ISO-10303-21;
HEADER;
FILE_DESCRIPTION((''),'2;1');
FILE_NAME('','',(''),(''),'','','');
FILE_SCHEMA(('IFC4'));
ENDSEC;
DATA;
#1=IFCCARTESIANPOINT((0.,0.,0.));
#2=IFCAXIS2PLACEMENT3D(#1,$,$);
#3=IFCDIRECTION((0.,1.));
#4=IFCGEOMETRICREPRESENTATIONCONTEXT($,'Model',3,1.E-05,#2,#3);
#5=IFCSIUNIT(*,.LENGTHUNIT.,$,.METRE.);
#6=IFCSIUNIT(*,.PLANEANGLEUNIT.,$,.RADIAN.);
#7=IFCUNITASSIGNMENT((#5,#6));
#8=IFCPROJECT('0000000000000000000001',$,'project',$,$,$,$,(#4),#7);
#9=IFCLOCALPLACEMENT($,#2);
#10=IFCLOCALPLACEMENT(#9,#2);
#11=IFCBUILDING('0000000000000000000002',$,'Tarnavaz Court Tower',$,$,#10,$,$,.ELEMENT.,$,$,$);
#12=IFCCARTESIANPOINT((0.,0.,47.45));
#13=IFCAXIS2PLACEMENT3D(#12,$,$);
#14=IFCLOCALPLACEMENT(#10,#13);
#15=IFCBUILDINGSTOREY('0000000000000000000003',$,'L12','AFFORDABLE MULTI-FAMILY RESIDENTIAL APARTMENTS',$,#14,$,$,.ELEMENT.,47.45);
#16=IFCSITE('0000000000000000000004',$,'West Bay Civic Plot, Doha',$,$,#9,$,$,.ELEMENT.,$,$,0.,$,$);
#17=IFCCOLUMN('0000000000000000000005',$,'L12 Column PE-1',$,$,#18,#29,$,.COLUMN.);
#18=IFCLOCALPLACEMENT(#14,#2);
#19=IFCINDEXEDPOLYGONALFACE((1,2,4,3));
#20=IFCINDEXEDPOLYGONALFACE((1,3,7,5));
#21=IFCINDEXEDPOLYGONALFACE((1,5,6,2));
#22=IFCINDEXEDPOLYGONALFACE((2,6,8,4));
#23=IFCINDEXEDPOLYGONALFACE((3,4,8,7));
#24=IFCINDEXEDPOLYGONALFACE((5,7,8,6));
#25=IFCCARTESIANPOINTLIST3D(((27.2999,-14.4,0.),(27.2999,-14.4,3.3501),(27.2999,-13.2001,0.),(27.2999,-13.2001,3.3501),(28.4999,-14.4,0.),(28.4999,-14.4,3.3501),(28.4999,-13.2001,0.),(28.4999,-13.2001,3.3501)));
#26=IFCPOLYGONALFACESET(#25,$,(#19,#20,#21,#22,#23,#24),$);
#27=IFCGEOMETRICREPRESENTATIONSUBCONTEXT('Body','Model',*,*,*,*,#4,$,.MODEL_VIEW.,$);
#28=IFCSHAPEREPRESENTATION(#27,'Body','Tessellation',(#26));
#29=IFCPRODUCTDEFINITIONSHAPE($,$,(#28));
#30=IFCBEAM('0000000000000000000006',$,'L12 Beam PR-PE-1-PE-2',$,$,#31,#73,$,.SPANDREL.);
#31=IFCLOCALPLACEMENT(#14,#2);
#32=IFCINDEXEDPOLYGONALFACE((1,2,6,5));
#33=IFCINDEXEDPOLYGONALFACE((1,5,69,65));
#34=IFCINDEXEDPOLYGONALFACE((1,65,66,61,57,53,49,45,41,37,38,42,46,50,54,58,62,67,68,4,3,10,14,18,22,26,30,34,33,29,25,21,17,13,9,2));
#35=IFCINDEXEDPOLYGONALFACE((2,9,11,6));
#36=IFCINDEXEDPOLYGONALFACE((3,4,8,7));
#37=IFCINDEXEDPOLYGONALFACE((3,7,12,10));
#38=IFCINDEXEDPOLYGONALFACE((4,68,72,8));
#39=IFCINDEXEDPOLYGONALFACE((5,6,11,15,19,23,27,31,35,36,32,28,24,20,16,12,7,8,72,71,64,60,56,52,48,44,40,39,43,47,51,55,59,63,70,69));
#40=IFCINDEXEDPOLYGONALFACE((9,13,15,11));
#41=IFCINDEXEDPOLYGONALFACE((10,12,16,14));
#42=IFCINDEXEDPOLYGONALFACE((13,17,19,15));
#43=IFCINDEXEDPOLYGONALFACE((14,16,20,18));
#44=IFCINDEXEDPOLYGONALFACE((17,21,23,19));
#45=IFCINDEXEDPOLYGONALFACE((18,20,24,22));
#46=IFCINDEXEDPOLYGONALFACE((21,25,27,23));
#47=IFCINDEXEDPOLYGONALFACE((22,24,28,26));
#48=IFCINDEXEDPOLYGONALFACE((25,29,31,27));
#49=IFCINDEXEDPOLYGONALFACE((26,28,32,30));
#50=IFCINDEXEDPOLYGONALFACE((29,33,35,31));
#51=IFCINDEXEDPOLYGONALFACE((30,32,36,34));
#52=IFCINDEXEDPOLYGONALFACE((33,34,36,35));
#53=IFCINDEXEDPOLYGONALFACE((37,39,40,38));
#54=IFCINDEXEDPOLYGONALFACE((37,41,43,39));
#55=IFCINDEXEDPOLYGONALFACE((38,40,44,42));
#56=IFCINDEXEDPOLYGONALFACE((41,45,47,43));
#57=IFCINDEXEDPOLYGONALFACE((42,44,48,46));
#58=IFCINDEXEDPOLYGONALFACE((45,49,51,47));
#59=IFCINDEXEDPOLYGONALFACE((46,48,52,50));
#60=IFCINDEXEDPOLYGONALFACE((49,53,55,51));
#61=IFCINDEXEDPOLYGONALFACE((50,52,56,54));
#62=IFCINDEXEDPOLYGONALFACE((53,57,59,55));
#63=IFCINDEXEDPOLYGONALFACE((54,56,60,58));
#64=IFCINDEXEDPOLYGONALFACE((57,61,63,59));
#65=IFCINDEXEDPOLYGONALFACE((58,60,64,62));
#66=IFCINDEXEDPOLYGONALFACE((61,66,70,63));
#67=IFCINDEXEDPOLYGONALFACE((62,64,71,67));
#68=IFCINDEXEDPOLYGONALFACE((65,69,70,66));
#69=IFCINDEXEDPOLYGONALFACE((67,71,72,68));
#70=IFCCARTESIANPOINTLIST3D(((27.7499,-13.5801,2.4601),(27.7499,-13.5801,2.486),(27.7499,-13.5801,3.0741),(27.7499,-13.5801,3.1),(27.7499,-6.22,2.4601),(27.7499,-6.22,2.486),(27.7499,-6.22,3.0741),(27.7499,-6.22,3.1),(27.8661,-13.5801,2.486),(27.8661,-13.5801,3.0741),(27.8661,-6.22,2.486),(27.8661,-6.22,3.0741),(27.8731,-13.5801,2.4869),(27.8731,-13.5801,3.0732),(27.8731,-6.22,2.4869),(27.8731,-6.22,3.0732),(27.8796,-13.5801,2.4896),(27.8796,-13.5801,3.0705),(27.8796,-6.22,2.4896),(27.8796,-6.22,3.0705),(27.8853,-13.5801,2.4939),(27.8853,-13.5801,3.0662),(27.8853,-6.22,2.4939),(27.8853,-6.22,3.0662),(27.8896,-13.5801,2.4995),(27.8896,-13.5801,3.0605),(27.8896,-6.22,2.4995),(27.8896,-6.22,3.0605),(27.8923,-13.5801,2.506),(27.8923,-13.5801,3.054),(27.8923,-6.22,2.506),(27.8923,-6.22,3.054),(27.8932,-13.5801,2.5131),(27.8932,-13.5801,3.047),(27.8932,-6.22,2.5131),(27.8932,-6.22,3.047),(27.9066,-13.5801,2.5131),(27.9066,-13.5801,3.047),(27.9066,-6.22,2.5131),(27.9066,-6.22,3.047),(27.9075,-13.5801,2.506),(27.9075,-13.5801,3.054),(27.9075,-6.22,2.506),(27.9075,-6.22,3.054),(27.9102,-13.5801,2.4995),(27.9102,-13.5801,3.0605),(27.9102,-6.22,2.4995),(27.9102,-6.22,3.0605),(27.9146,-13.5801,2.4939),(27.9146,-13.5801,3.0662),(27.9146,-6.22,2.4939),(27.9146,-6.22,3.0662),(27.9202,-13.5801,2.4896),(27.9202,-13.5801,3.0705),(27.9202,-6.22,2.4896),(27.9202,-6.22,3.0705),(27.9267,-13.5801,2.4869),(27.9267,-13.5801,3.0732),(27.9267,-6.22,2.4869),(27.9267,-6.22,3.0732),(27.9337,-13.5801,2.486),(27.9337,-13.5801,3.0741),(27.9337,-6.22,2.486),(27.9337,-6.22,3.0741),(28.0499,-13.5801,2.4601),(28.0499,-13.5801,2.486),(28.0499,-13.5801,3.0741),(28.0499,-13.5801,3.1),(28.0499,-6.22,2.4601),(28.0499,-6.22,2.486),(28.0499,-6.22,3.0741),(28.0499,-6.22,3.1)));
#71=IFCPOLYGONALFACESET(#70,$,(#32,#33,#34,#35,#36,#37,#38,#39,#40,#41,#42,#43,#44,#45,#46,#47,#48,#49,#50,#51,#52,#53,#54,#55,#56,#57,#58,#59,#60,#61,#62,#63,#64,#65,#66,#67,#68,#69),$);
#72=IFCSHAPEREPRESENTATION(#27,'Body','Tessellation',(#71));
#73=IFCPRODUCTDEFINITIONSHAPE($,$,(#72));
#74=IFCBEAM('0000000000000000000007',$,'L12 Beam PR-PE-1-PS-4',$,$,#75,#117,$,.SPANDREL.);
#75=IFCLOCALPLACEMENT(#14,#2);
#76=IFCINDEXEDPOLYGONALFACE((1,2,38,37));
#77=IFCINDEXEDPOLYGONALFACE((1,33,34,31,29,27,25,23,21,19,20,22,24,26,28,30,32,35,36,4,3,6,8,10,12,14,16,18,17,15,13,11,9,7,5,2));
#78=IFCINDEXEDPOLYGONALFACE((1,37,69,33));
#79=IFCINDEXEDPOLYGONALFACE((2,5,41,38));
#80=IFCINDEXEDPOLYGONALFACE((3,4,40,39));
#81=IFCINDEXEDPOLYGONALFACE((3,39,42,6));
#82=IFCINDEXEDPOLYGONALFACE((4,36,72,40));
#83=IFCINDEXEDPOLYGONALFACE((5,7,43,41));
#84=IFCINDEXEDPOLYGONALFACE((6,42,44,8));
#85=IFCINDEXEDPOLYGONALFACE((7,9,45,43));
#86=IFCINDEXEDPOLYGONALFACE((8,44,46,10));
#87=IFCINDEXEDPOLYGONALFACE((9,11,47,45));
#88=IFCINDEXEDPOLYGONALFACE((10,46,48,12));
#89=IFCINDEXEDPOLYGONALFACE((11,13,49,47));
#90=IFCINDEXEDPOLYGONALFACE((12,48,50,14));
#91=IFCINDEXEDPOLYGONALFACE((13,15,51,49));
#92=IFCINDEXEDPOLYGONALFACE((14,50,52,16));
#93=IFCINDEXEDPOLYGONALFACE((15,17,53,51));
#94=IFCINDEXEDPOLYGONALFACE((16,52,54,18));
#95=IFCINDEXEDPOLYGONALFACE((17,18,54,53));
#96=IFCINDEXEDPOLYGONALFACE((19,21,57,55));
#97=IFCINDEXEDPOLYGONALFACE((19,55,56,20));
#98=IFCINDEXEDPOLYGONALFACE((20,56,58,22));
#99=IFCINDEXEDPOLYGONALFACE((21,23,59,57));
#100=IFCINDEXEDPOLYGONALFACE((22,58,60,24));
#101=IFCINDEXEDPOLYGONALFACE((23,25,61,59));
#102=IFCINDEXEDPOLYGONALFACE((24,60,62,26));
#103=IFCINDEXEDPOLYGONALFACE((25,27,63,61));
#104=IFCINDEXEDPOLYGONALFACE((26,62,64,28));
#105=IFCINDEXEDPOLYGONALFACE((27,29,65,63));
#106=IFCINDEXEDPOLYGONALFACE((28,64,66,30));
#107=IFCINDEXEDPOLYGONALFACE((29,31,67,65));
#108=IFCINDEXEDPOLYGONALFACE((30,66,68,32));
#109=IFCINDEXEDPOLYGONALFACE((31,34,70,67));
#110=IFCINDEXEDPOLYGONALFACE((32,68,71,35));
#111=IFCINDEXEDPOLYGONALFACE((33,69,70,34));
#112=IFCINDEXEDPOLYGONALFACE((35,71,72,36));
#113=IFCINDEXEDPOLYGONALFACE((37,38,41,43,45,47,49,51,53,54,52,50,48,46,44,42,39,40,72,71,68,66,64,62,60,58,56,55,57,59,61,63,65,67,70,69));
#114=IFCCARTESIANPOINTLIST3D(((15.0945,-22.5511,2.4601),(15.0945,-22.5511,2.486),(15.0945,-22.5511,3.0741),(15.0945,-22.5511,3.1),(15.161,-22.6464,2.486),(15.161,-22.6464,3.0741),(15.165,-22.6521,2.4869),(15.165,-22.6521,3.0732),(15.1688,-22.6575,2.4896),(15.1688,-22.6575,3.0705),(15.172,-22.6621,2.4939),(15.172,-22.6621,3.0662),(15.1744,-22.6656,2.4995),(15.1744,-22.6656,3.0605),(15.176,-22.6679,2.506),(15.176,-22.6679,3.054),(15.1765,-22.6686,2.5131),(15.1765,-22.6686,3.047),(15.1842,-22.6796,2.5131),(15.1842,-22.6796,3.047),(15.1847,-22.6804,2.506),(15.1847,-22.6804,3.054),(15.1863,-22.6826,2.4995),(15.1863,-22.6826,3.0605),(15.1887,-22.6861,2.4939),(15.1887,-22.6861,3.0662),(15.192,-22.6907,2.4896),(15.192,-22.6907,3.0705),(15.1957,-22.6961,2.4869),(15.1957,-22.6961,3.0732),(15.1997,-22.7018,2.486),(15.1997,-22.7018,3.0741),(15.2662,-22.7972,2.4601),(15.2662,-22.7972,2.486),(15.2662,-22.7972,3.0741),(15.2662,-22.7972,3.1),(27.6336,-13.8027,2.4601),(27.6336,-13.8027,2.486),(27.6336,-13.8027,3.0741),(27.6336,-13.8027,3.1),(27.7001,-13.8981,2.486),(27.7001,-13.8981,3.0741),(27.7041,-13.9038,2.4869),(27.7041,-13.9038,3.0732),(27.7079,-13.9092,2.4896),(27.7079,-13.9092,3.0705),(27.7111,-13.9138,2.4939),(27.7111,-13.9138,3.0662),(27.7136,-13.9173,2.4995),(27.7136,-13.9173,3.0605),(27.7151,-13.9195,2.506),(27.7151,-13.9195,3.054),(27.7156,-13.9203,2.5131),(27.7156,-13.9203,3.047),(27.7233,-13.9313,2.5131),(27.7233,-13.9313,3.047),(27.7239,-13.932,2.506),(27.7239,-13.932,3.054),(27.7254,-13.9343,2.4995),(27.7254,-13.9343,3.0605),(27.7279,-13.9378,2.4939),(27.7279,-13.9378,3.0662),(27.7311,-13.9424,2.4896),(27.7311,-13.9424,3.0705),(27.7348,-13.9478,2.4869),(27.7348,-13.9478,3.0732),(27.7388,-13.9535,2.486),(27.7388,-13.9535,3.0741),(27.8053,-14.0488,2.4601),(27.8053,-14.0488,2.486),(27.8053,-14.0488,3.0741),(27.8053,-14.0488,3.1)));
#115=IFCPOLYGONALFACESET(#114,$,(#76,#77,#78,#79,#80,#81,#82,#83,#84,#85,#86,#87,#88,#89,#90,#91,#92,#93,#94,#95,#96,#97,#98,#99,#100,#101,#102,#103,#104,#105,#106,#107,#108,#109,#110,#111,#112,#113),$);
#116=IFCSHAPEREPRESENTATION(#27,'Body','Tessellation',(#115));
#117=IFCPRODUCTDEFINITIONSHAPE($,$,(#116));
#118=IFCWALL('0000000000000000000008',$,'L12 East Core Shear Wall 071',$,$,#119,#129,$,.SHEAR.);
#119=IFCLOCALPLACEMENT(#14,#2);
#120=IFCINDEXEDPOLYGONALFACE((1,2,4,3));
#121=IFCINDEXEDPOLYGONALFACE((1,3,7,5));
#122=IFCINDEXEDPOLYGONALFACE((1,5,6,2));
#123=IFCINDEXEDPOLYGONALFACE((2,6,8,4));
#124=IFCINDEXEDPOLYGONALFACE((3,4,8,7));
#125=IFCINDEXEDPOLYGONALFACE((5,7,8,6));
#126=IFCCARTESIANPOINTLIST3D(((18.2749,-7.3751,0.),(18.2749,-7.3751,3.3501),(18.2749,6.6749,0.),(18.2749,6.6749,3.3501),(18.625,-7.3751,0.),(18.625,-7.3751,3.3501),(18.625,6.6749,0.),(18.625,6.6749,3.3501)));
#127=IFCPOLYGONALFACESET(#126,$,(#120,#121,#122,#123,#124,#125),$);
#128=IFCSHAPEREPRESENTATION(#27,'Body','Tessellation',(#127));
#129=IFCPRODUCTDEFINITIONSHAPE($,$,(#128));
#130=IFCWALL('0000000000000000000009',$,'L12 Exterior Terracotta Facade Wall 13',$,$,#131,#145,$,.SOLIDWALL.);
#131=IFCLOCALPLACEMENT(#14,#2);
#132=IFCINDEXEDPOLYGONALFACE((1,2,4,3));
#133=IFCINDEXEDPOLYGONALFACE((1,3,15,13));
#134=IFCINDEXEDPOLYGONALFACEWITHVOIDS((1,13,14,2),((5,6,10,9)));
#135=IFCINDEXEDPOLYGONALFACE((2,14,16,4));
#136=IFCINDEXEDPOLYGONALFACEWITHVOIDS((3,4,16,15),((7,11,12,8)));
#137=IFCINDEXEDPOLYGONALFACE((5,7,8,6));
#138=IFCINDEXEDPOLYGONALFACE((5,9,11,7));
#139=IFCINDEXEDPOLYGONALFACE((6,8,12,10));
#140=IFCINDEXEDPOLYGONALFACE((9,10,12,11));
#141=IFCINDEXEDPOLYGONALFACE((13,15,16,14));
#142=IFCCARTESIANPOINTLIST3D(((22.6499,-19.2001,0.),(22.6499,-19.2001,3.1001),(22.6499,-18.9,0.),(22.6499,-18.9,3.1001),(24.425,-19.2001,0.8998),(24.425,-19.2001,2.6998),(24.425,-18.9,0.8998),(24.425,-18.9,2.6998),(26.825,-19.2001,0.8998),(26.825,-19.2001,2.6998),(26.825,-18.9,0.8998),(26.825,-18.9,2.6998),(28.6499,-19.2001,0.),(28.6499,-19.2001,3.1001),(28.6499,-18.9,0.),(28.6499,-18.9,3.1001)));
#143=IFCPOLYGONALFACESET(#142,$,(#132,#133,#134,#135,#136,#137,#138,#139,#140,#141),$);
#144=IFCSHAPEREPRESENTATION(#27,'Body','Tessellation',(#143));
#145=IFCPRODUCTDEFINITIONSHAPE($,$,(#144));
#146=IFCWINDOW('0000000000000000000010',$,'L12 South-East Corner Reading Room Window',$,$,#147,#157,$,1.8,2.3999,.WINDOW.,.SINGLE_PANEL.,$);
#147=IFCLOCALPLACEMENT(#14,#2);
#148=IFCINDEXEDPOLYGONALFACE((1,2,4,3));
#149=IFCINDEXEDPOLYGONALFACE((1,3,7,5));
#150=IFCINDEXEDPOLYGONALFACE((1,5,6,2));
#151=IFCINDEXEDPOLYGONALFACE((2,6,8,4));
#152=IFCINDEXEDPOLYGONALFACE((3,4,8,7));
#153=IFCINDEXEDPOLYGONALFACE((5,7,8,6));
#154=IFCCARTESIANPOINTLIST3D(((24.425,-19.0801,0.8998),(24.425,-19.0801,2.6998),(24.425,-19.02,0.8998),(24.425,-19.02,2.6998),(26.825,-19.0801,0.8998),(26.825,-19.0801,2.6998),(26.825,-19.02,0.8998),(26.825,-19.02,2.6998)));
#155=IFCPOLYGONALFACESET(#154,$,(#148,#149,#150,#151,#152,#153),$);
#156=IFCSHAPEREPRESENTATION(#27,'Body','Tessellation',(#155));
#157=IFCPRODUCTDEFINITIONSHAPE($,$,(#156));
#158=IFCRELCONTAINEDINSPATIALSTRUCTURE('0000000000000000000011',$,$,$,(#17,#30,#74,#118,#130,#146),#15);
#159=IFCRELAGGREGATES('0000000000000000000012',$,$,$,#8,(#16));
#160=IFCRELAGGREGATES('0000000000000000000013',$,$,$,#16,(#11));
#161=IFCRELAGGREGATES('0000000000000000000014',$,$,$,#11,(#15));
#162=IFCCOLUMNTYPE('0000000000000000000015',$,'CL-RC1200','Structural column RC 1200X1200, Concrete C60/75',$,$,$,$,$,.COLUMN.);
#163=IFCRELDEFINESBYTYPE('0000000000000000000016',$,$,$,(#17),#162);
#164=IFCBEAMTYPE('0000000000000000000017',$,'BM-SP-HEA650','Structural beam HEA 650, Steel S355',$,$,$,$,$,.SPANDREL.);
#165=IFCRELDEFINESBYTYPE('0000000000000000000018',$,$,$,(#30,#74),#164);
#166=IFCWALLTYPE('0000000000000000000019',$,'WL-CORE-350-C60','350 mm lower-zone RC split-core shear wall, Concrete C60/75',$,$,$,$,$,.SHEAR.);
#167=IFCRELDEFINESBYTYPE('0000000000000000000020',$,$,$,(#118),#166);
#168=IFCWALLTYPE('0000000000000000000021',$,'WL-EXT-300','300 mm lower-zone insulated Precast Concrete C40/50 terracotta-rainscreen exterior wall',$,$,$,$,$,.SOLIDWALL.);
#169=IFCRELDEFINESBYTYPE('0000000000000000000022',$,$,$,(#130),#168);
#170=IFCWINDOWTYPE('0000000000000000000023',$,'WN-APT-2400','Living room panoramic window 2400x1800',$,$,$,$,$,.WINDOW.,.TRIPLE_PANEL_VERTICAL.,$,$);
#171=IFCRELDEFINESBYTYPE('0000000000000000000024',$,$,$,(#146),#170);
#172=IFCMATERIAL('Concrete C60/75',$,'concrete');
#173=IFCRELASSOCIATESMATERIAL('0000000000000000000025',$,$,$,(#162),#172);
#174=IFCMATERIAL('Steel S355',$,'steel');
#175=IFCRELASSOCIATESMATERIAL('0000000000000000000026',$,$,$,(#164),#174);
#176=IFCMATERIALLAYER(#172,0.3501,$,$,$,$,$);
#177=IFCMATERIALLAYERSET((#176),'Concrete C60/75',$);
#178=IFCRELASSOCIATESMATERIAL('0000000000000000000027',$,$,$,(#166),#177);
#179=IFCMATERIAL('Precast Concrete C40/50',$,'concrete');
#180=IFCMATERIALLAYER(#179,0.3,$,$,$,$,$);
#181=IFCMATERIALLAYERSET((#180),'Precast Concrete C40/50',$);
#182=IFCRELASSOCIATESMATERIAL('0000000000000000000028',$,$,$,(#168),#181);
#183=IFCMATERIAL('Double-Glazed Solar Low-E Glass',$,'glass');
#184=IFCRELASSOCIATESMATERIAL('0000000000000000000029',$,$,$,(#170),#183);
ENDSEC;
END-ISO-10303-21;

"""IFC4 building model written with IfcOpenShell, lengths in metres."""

from ifc_helpers import new_model, si_unit, direction, frame, frame_2d, origin, origin_2d, place, context, subcontext, project, spatial, rectangle, i_section, extrude, material, layer, layer_set, material_profile, profile_set, type_object, element, fill, save


model = new_model("IFC4")

# Units and contexts
model_context = context("Model", 3, precision=1e-05, world=origin(), true_north=direction((0.0, 1.0)))
body_context = subcontext(model_context, "Body", "Model", "MODEL_VIEW")
ifc_project = project(units=[si_unit("LENGTHUNIT", "METRE"), si_unit("PLANEANGLEUNIT", "RADIAN")], contexts=[model_context])

# Site, building, storey
site_placement = place(None, origin())
site = spatial("IfcSite", under=ifc_project, at=site_placement, Name="West Bay Civic Plot, Doha", CompositionType="ELEMENT", RefElevation=0.0)
building_placement = place(site_placement, origin())
building = spatial("IfcBuilding", under=site, at=building_placement, Name="Tarnavaz Court Tower", CompositionType="ELEMENT")
storey_placement = place(building_placement, frame((0.0, 0.0, 47.45)))
storey = spatial("IfcBuildingStorey", under=building, at=storey_placement, Name="L12", Description="AFFORDABLE MULTI-FAMILY RESIDENTIAL APARTMENTS", CompositionType="ELEMENT", Elevation=47.45)

# Column
ifc_material_1 = material(Name="Concrete C60/75", Category="concrete")
ifc_material_profile_1 = material_profile(ifc_material_1, rectangle(XDim=1.2, YDim=1.2, at=origin_2d()), Name="RC 1200X1200")
ifc_profile_set_1 = profile_set([ifc_material_profile_1], Name="Concrete C60/75")
column_type = type_object("IfcColumnType", Name="CL-RC1200", Description="Structural column RC 1200X1200, Concrete C60/75", PredefinedType="COLUMN", material=ifc_profile_set_1)
column_placement = place(storey_placement, frame((27.8999, -13.8, 0.0), z_axis=(0.0, 0.0, 1.0), x_axis=(1.0, 0.0, 0.0)))
element("IfcColumn", 1, at=column_placement, inside=storey, type_object=column_type, Name="L12 Column PE-1", PredefinedType="COLUMN", context=body_context, shape_type="SweptSolid", body=[
    extrude(rectangle(XDim=1.2, YDim=1.2, at=origin_2d()), origin(), (0.0, 0.0, 1.0), 3.3501),
])

# Beams
ifc_material_2 = material(Name="Steel S355", Category="steel")
ifc_material_profile_2 = material_profile(ifc_material_2, i_section(OverallWidth=0.3, OverallDepth=0.6399, WebThickness=0.0134, FlangeThickness=0.0259, FilletRadius=0.0271, at=origin_2d()), Name="HEA 650")
ifc_profile_set_2 = profile_set([ifc_material_profile_2], Name="Steel S355")
beam_type = type_object("IfcBeamType", Name="BM-SP-HEA650", Description="Structural beam HEA 650, Steel S355", PredefinedType="SPANDREL", material=ifc_profile_set_2)
beam_1_placement = place(storey_placement, frame((27.8999, -13.5801, 2.78), z_axis=(0.0, 1.0, 0.0), x_axis=(-1.0, 0.0, 0.0)))
element("IfcBeam", 2, at=beam_1_placement, inside=storey, type_object=beam_type, Name="L12 Beam PR-PE-1-PE-2", PredefinedType="SPANDREL", context=body_context, shape_type="SweptSolid", body=[
    extrude(i_section(OverallWidth=0.3, OverallDepth=0.6399, WebThickness=0.0134, FlangeThickness=0.0259, FilletRadius=0.0271, at=origin_2d()), origin(), (0.0, 0.0, 1.0), 7.3601),
])
beam_2_placement = place(storey_placement, frame((27.7195, -13.9258, 2.78), z_axis=(-0.820124, -0.572186, 0.0), x_axis=(0.572186, -0.820124, 0.0)))
element("IfcBeam", 3, at=beam_2_placement, inside=storey, type_object=beam_type, Name="L12 Beam PR-PE-1-PS-4", PredefinedType="SPANDREL", context=body_context, shape_type="SweptSolid", body=[
    extrude(i_section(OverallWidth=0.3, OverallDepth=0.6399, WebThickness=0.0134, FlangeThickness=0.0259, FilletRadius=0.0271, at=origin_2d()), origin(), (0.0, 0.0, 1.0), 15.2893),
])

# Wall
ifc_layer_1 = layer(ifc_material_1, 0.3501)
ifc_layer_set_1 = layer_set([ifc_layer_1], Name="Concrete C60/75")
wall_type_1 = type_object("IfcWallType", Name="WL-CORE-350-C60", Description="350 mm lower-zone RC split-core shear wall, Concrete C60/75", PredefinedType="SHEAR", material=ifc_layer_set_1)
wall_1_placement = place(storey_placement, frame((18.45, -7.375, 0.0), z_axis=(0.0, 0.0, 1.0), x_axis=(0.0, 1.0, 0.0)))
element("IfcWall", 4, at=wall_1_placement, inside=storey, type_object=wall_type_1, Name="L12 East Core Shear Wall 071", PredefinedType="SHEAR", context=body_context, shape_type="SweptSolid", body=[
    extrude(rectangle(XDim=14.05, YDim=0.3501, at=frame_2d((7.0249, 0.0))), origin(), (0.0, 0.0, 1.0), 3.3501),
])

# Wall, opening, window
ifc_material_3 = material(Name="Precast Concrete C40/50", Category="concrete")
ifc_layer_2 = layer(ifc_material_3, 0.3)
ifc_layer_set_2 = layer_set([ifc_layer_2], Name="Precast Concrete C40/50")
wall_type_2 = type_object("IfcWallType", Name="WL-EXT-300", Description="300 mm lower-zone insulated Precast Concrete C40/50 terracotta-rainscreen exterior wall", PredefinedType="SOLIDWALL", material=ifc_layer_set_2)
wall_2_placement = place(storey_placement, frame((28.6499, -19.05, 0.0), z_axis=(0.0, 0.0, 1.0), x_axis=(-1.0, 0.0, 0.0)))
wall_2 = element("IfcWall", 5, at=wall_2_placement, inside=storey, type_object=wall_type_2, Name="L12 Exterior Terracotta Facade Wall 13", PredefinedType="SOLIDWALL", context=body_context, shape_type="SweptSolid", body=[
    extrude(rectangle(XDim=6.0, YDim=0.3, at=frame_2d((3.0, 0.0))), origin(), (0.0, 0.0, 1.0), 3.1001),
])
opening_1_placement = place(wall_2_placement, frame((1.825, 0.0, 0.8999)))
opening_1 = element("IfcOpeningElement", 6, at=opening_1_placement, cuts=wall_2, PredefinedType="OPENING", context=body_context, shape_type="SweptSolid", body=[
    extrude(rectangle(XDim=2.3999, YDim=1.8, at=frame_2d((1.2, 0.8999))), frame((0.0, 0.1599, 0.0), z_axis=(0.0, -1.0, 0.0), x_axis=(1.0, 0.0, 0.0)), (0.0, 0.0, 1.0), 0.3201),
])
ifc_material_4 = material(Name="Double-Glazed Solar Low-E Glass", Category="glass")
window_type_1 = type_object("IfcWindowType", Name="WN-APT-2400", Description="Living room panoramic window 2400x1800", PartitioningType="TRIPLE_PANEL_VERTICAL", PredefinedType="WINDOW", material=ifc_material_4)
window_1_placement = place(opening_1_placement, origin())
window_1 = element("IfcWindow", 7, at=window_1_placement, inside=storey, type_object=window_type_1, Name="L12 South-East Corner Reading Room Window", OverallHeight=1.8, OverallWidth=2.3999, PartitioningType="SINGLE_PANEL", PredefinedType="WINDOW", context=body_context, shape_type="SweptSolid", body=[
    extrude(rectangle(XDim=2.3999, YDim=1.8, at=frame_2d((1.2, 0.8999))), frame((0.0, 0.03, 0.0), z_axis=(0.0, -1.0, 0.0), x_axis=(1.0, 0.0, 0.0)), (0.0, 0.0, 1.0), 0.0601),
])
fill(opening_1, window_1)

save(model, "model.ifc")
